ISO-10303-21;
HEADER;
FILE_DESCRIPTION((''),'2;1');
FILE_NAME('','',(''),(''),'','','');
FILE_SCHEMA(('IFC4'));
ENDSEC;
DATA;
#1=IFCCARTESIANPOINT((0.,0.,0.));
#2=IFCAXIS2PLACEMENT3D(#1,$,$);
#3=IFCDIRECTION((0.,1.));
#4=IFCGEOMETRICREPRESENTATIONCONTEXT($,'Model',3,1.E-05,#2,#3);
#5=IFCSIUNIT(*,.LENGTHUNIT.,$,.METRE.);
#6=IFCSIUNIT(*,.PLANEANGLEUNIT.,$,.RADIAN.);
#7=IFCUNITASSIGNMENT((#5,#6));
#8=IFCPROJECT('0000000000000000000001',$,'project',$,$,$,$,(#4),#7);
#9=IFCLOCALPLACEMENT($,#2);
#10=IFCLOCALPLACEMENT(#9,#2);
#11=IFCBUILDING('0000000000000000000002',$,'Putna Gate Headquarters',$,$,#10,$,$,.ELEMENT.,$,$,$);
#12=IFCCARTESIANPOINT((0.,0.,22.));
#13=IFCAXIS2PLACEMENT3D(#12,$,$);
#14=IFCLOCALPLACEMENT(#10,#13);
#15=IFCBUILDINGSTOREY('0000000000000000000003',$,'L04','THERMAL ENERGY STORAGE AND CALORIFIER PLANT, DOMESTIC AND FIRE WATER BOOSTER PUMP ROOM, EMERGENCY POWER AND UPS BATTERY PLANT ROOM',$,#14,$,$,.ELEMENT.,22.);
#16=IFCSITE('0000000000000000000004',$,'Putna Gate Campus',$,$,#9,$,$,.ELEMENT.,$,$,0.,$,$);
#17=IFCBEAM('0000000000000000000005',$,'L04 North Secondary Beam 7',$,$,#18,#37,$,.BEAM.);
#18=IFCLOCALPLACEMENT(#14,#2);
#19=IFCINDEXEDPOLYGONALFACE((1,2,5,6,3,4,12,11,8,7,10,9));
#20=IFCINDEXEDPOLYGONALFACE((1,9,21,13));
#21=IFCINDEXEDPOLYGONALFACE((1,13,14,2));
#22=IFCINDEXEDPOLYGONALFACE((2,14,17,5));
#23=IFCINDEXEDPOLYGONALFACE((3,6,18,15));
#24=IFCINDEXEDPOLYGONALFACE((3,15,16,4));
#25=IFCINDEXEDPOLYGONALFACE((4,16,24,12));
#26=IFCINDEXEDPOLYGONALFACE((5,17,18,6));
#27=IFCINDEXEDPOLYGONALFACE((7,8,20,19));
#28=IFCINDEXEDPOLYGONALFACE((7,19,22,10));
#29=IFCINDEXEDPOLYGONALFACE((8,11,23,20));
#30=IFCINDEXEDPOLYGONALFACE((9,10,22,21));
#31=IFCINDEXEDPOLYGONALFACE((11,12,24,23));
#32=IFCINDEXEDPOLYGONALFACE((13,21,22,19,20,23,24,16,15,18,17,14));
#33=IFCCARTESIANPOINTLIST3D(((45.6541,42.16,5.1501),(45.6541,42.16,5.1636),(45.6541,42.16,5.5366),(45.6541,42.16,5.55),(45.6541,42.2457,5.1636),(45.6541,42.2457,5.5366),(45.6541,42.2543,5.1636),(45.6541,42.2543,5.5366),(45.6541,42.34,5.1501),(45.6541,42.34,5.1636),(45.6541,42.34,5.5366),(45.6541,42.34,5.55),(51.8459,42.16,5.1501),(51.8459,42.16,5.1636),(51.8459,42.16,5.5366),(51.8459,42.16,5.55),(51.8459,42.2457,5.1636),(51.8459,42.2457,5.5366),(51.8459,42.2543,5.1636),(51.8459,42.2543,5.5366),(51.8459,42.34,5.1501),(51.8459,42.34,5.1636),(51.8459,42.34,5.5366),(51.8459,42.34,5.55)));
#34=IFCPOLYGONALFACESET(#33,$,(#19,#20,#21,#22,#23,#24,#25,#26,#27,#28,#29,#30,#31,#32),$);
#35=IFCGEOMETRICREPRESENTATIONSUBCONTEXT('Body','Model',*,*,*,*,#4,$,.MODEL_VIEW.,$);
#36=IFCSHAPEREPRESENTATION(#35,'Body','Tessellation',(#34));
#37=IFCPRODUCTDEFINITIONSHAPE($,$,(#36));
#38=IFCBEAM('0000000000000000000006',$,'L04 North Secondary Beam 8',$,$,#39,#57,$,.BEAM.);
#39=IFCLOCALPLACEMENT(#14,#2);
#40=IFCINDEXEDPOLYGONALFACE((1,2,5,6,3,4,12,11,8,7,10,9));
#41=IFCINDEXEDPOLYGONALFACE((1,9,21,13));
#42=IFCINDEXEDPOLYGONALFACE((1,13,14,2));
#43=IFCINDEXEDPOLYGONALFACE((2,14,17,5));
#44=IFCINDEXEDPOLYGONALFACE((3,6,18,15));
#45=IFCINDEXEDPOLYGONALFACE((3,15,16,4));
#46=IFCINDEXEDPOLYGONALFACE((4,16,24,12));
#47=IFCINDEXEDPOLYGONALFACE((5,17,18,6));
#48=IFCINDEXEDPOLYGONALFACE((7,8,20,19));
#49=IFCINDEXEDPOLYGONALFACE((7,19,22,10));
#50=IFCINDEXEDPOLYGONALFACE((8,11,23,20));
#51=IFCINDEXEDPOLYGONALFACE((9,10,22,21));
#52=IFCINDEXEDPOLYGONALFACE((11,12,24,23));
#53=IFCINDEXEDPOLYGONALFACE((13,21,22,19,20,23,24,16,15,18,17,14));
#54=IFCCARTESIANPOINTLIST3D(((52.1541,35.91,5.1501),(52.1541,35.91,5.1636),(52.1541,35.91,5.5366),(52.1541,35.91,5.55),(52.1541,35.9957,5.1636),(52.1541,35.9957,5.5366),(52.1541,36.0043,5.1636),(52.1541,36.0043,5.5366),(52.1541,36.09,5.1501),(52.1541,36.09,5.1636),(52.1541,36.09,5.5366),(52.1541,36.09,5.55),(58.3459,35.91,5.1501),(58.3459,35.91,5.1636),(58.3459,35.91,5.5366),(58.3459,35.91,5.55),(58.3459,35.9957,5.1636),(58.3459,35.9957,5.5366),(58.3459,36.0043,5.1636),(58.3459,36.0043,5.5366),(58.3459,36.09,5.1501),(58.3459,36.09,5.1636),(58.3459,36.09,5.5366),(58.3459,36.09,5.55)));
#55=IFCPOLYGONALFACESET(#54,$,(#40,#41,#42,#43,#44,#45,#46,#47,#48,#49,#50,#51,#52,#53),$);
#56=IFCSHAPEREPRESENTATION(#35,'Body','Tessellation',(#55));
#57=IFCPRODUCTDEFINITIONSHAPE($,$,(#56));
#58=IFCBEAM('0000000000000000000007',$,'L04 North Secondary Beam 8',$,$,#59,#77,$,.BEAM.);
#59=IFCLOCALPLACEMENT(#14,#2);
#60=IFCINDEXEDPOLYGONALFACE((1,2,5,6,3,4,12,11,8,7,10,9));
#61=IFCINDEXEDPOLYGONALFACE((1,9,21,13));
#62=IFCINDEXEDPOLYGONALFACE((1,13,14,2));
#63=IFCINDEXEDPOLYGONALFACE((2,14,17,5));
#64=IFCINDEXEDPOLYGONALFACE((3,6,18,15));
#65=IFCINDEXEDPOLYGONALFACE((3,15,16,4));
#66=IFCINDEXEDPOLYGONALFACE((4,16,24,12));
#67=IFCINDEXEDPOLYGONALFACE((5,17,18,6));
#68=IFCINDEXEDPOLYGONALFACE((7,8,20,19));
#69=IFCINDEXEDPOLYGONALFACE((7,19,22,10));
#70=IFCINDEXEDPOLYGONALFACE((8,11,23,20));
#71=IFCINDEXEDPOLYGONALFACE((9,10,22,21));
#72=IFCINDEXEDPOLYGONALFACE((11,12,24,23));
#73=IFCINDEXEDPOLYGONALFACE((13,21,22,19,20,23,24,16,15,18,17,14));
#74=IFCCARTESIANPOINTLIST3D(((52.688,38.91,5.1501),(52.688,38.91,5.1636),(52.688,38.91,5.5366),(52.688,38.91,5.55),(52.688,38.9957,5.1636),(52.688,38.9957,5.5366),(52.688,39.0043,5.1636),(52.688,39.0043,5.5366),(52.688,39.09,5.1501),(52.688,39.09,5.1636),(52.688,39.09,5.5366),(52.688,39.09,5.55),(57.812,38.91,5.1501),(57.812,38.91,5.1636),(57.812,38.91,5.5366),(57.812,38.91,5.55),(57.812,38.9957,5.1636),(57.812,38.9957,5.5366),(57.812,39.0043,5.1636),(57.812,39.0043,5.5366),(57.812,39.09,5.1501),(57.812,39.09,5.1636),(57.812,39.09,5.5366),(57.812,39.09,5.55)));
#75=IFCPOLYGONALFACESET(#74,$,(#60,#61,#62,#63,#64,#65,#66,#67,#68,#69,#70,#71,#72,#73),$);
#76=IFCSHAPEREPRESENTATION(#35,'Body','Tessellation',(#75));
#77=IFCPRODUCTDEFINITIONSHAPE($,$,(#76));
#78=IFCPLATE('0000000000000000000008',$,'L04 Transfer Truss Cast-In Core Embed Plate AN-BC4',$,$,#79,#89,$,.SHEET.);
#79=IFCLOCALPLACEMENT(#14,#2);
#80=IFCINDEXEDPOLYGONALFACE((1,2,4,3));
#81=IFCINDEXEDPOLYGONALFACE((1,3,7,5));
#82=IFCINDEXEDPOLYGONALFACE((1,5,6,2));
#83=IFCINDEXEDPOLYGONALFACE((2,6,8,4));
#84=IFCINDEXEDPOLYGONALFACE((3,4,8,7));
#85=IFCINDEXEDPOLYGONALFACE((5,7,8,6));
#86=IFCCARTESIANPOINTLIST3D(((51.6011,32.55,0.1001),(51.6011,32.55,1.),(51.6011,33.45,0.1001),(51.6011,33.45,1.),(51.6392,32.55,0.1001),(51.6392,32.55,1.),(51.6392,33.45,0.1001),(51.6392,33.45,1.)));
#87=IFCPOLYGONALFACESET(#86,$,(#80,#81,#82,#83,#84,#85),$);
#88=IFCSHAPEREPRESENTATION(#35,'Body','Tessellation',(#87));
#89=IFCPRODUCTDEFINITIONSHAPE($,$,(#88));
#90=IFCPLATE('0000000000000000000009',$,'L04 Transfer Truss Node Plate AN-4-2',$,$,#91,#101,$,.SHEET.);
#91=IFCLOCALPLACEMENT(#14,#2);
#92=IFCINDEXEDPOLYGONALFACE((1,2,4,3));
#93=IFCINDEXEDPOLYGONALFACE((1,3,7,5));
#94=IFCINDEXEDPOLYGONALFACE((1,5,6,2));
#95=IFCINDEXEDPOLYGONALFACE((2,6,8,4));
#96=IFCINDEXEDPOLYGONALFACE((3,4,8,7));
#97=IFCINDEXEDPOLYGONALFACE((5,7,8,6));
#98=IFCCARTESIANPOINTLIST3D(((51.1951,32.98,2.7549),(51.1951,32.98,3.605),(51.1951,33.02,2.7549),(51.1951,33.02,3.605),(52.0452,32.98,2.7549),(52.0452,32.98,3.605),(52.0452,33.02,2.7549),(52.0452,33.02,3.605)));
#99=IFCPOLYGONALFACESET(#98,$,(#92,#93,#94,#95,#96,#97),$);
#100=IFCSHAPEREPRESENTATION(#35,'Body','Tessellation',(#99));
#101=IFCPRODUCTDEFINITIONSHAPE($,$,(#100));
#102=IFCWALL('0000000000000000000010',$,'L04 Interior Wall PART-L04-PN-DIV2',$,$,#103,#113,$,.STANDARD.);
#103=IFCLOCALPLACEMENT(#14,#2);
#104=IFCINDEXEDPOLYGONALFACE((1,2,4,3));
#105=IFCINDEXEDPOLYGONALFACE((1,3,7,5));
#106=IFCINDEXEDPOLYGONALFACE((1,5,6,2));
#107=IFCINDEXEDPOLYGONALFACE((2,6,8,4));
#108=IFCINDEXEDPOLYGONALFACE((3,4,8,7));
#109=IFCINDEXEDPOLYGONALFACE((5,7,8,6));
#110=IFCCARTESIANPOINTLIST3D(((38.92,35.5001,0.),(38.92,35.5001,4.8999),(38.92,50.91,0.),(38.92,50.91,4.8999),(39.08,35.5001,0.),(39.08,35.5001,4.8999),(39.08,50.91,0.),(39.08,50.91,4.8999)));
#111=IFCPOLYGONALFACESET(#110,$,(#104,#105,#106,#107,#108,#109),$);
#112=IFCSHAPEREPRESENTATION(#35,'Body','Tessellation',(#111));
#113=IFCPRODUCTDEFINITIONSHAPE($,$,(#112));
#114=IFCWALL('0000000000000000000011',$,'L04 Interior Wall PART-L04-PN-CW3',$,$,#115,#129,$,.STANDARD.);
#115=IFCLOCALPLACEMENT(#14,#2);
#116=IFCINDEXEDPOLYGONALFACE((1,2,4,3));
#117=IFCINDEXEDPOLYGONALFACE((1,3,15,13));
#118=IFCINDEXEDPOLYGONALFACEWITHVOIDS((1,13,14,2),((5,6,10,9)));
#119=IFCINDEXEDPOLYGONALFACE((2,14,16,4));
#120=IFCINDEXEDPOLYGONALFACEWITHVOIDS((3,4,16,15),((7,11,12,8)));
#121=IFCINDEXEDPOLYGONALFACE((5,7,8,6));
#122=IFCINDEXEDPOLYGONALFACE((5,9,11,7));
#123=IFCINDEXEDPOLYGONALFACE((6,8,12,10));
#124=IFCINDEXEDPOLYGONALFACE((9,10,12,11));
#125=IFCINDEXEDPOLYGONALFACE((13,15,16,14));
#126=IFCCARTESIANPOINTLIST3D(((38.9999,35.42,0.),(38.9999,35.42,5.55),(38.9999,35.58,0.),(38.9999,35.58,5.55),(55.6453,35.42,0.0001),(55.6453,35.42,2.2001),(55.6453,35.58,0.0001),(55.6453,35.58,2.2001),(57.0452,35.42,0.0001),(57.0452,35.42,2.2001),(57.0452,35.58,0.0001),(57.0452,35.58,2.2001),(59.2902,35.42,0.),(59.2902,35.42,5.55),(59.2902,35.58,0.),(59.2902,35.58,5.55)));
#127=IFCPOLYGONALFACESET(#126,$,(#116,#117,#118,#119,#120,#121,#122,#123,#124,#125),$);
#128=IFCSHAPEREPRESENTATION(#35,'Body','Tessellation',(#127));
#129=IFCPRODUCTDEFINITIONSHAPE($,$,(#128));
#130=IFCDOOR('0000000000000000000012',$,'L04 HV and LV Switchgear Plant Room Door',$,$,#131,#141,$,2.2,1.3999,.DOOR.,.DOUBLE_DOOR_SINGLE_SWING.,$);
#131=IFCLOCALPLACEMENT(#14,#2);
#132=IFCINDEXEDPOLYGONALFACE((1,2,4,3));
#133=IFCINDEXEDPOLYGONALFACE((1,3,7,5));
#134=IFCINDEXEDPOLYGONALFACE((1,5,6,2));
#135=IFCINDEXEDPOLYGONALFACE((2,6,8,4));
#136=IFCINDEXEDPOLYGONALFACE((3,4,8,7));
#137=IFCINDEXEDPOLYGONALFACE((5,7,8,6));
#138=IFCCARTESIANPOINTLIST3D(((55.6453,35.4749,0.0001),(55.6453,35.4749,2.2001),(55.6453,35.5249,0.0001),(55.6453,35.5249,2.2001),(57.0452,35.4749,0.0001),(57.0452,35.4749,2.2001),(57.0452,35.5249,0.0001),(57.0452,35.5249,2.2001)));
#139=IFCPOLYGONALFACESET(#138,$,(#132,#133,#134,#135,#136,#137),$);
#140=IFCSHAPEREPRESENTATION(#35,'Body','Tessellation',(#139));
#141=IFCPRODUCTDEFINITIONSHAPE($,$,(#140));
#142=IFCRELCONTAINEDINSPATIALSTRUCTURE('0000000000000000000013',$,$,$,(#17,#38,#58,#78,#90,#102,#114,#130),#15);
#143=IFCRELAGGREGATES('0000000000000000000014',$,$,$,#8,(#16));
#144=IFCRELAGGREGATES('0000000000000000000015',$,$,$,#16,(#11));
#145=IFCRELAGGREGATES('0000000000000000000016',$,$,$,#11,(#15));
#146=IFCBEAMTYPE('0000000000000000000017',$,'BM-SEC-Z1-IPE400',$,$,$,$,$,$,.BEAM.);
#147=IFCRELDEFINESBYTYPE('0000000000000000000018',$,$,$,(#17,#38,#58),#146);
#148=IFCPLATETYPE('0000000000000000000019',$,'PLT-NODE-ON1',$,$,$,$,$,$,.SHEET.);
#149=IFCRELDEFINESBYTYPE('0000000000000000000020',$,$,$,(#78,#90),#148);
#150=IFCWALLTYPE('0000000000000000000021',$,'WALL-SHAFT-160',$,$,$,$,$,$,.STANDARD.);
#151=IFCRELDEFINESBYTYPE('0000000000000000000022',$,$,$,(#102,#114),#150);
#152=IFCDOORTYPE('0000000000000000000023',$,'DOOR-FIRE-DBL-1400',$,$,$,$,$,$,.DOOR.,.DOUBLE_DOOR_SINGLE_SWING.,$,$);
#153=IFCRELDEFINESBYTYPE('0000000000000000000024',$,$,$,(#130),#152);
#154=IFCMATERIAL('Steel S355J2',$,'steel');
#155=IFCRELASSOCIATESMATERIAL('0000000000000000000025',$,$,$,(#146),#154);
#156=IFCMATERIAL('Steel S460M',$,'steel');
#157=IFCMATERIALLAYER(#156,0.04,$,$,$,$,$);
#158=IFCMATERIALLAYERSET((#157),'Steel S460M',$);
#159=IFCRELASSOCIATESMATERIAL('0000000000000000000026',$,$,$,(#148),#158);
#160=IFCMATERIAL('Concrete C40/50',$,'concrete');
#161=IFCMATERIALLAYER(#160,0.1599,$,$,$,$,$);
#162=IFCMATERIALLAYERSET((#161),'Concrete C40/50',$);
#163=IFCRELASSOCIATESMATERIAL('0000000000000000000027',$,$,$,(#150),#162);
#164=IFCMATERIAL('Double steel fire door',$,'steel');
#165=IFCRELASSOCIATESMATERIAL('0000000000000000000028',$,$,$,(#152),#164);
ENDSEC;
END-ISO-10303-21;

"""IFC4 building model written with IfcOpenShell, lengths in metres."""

from ifc_helpers import new_model, si_unit, direction, frame, frame_2d, origin, origin_2d, place, context, subcontext, project, spatial, rectangle, i_section, extrude, material, layer, layer_set, material_profile, profile_set, type_object, element, fill, save


model = new_model("IFC4")

# Units and contexts
model_context = context("Model", 3, precision=1e-05, world=origin(), true_north=direction((0.0, 1.0)))
body_context = subcontext(model_context, "Body", "Model", "MODEL_VIEW")
ifc_project = project(units=[si_unit("LENGTHUNIT", "METRE"), si_unit("PLANEANGLEUNIT", "RADIAN")], contexts=[model_context])

# Site, building, storey
site_placement = place(None, origin())
site = spatial("IfcSite", under=ifc_project, at=site_placement, Name="Putna Gate Campus", CompositionType="ELEMENT", RefElevation=0.0)
building_placement = place(site_placement, origin())
building = spatial("IfcBuilding", under=site, at=building_placement, Name="Putna Gate Headquarters", CompositionType="ELEMENT")
storey_placement = place(building_placement, frame((0.0, 0.0, 22.0)))
storey = spatial("IfcBuildingStorey", under=building, at=storey_placement, Name="L04", Description="THERMAL ENERGY STORAGE AND CALORIFIER PLANT, DOMESTIC AND FIRE WATER BOOSTER PUMP ROOM, EMERGENCY POWER AND UPS BATTERY PLANT ROOM", CompositionType="ELEMENT", Elevation=22.0)

# Beams
ifc_material_1 = material(Name="Steel S355J2", Category="steel")
ifc_material_profile_1 = material_profile(ifc_material_1, i_section(OverallWidth=0.1799, OverallDepth=0.3999, WebThickness=0.0085, FlangeThickness=0.0134, at=origin_2d()), Name="Steel S355J2")
ifc_profile_set_1 = profile_set([ifc_material_profile_1], Name="Steel S355J2")
beam_type_1 = type_object("IfcBeamType", Name="BM-SEC-Z1-IPE400", PredefinedType="BEAM", material=ifc_profile_set_1)
for number, where, z_axis, x_axis, name in (
    (1, (45.6541, 42.25, 5.3501), (1.0, 0.0, 0.0), (0.0, 1.0, 0.0), "L04 North Secondary Beam 7"),
    (2, (52.1541, 36.0, 5.3501), (1.0, 0.0, 0.0), (0.0, 1.0, 0.0), "L04 North Secondary Beam 8"),
):
    element("IfcBeam", number, at=place(storey_placement, frame(where, z_axis=z_axis, x_axis=x_axis)), inside=storey, type_object=beam_type_1, Name=name, PredefinedType="BEAM", context=body_context, shape_type="SweptSolid", body=[
        extrude(i_section(OverallWidth=0.1799, OverallDepth=0.3999, WebThickness=0.0085, FlangeThickness=0.0134, at=origin_2d()), origin(), (0.0, 0.0, 1.0), 6.1919),
    ])
beam_1_placement = place(storey_placement, frame((52.688, 39.0, 5.3501), z_axis=(1.0, 0.0, 0.0), x_axis=(0.0, 1.0, 0.0)))
element("IfcBeam", 3, at=beam_1_placement, inside=storey, type_object=beam_type_1, Name="L04 North Secondary Beam 8", PredefinedType="BEAM", context=body_context, shape_type="SweptSolid", body=[
    extrude(i_section(OverallWidth=0.1799, OverallDepth=0.3999, WebThickness=0.0085, FlangeThickness=0.0134, at=origin_2d()), origin(), (0.0, 0.0, 1.0), 5.124),
])

# Plates
ifc_material_2 = material(Name="Steel S460M", Category="steel")
ifc_layer_1 = layer(ifc_material_2, 0.04)
ifc_layer_set_1 = layer_set([ifc_layer_1], Name="Steel S460M")
plate_type = type_object("IfcPlateType", Name="PLT-NODE-ON1", PredefinedType="SHEET", material=ifc_layer_set_1)
plate_1_placement = place(storey_placement, frame((51.6201, 33.0, 0.1001), z_axis=(0.0, 0.0, 1.0), x_axis=(1.0, 0.0, 0.0)))
element("IfcPlate", 4, at=plate_1_placement, inside=storey, type_object=plate_type, Name="L04 Transfer Truss Cast-In Core Embed Plate AN-BC4", PredefinedType="SHEET", context=body_context, shape_type="SweptSolid", body=[
    extrude(rectangle(XDim=0.0381, YDim=0.8999, at=origin_2d()), origin(), (0.0, 0.0, 1.0), 0.8999),
])
plate_2_placement = place(storey_placement, frame((51.6201, 33.0, 2.7549), z_axis=(0.0, 0.0, 1.0), x_axis=(1.0, 0.0, 0.0)))
element("IfcPlate", 5, at=plate_2_placement, inside=storey, type_object=plate_type, Name="L04 Transfer Truss Node Plate AN-4-2", PredefinedType="SHEET", context=body_context, shape_type="SweptSolid", body=[
    extrude(rectangle(XDim=0.8501, YDim=0.04, at=origin_2d()), origin(), (0.0, 0.0, 1.0), 0.8501),
])

# Wall
ifc_material_3 = material(Name="Concrete C40/50", Category="concrete")
ifc_layer_2 = layer(ifc_material_3, 0.1599)
ifc_layer_set_2 = layer_set([ifc_layer_2], Name="Concrete C40/50")
wall_type = type_object("IfcWallType", Name="WALL-SHAFT-160", PredefinedType="STANDARD", material=ifc_layer_set_2)
wall_1_placement = place(storey_placement, frame((39.0, 35.5, 0.0), z_axis=(0.0, 0.0, 1.0), x_axis=(0.0, 1.0, 0.0)))
element("IfcWall", 6, at=wall_1_placement, inside=storey, type_object=wall_type, Name="L04 Interior Wall PART-L04-PN-DIV2", PredefinedType="STANDARD", context=body_context, shape_type="SweptSolid", body=[
    extrude(rectangle(XDim=15.4099, YDim=0.1599, at=frame_2d((7.7051, 0.0))), origin(), (0.0, 0.0, 1.0), 4.8999),
])

# Wall, opening, door
wall_2_placement = place(storey_placement, frame((39.0, 35.5, 0.0), z_axis=(0.0, 0.0, 1.0), x_axis=(1.0, 0.0, 0.0)))
wall_2 = element("IfcWall", 7, at=wall_2_placement, inside=storey, type_object=wall_type, Name="L04 Interior Wall PART-L04-PN-CW3", PredefinedType="STANDARD", context=body_context, shape_type="SweptSolid", body=[
    extrude(rectangle(XDim=20.2903, YDim=0.1599, at=frame_2d((10.145, 0.0))), origin(), (0.0, 0.0, 1.0), 5.55),
])
opening_placement = place(wall_2_placement, frame((16.6453, 0.0, 0.0)))
opening = element("IfcOpeningElement", 8, at=opening_placement, cuts=wall_2, PredefinedType="OPENING", context=body_context, shape_type="SweptSolid", body=[
    extrude(rectangle(XDim=1.3999, YDim=2.2, at=frame_2d((0.7, 1.1001))), frame((0.0, 0.0898, 0.0), z_axis=(0.0, -1.0, 0.0), x_axis=(1.0, 0.0, 0.0)), (0.0, 0.0, 1.0), 0.1799),
])
ifc_material_4 = material(Name="Double steel fire door", Category="steel")
door_type = type_object("IfcDoorType", Name="DOOR-FIRE-DBL-1400", OperationType="DOUBLE_DOOR_SINGLE_SWING", PredefinedType="DOOR", material=ifc_material_4)
door_placement = place(opening_placement, origin())
door = element("IfcDoor", 9, at=door_placement, inside=storey, type_object=door_type, Name="L04 HV and LV Switchgear Plant Room Door", OperationType="DOUBLE_DOOR_SINGLE_SWING", OverallHeight=2.2, OverallWidth=1.3999, PredefinedType="DOOR", context=body_context, shape_type="SweptSolid", body=[
    extrude(rectangle(XDim=1.3999, YDim=2.2, at=frame_2d((0.7, 1.1001))), frame((0.0, 0.0249, 0.0), z_axis=(0.0, -1.0, 0.0), x_axis=(1.0, 0.0, 0.0)), (0.0, 0.0, 1.0), 0.05),
])
fill(opening, door)

save(model, "model.ifc")
